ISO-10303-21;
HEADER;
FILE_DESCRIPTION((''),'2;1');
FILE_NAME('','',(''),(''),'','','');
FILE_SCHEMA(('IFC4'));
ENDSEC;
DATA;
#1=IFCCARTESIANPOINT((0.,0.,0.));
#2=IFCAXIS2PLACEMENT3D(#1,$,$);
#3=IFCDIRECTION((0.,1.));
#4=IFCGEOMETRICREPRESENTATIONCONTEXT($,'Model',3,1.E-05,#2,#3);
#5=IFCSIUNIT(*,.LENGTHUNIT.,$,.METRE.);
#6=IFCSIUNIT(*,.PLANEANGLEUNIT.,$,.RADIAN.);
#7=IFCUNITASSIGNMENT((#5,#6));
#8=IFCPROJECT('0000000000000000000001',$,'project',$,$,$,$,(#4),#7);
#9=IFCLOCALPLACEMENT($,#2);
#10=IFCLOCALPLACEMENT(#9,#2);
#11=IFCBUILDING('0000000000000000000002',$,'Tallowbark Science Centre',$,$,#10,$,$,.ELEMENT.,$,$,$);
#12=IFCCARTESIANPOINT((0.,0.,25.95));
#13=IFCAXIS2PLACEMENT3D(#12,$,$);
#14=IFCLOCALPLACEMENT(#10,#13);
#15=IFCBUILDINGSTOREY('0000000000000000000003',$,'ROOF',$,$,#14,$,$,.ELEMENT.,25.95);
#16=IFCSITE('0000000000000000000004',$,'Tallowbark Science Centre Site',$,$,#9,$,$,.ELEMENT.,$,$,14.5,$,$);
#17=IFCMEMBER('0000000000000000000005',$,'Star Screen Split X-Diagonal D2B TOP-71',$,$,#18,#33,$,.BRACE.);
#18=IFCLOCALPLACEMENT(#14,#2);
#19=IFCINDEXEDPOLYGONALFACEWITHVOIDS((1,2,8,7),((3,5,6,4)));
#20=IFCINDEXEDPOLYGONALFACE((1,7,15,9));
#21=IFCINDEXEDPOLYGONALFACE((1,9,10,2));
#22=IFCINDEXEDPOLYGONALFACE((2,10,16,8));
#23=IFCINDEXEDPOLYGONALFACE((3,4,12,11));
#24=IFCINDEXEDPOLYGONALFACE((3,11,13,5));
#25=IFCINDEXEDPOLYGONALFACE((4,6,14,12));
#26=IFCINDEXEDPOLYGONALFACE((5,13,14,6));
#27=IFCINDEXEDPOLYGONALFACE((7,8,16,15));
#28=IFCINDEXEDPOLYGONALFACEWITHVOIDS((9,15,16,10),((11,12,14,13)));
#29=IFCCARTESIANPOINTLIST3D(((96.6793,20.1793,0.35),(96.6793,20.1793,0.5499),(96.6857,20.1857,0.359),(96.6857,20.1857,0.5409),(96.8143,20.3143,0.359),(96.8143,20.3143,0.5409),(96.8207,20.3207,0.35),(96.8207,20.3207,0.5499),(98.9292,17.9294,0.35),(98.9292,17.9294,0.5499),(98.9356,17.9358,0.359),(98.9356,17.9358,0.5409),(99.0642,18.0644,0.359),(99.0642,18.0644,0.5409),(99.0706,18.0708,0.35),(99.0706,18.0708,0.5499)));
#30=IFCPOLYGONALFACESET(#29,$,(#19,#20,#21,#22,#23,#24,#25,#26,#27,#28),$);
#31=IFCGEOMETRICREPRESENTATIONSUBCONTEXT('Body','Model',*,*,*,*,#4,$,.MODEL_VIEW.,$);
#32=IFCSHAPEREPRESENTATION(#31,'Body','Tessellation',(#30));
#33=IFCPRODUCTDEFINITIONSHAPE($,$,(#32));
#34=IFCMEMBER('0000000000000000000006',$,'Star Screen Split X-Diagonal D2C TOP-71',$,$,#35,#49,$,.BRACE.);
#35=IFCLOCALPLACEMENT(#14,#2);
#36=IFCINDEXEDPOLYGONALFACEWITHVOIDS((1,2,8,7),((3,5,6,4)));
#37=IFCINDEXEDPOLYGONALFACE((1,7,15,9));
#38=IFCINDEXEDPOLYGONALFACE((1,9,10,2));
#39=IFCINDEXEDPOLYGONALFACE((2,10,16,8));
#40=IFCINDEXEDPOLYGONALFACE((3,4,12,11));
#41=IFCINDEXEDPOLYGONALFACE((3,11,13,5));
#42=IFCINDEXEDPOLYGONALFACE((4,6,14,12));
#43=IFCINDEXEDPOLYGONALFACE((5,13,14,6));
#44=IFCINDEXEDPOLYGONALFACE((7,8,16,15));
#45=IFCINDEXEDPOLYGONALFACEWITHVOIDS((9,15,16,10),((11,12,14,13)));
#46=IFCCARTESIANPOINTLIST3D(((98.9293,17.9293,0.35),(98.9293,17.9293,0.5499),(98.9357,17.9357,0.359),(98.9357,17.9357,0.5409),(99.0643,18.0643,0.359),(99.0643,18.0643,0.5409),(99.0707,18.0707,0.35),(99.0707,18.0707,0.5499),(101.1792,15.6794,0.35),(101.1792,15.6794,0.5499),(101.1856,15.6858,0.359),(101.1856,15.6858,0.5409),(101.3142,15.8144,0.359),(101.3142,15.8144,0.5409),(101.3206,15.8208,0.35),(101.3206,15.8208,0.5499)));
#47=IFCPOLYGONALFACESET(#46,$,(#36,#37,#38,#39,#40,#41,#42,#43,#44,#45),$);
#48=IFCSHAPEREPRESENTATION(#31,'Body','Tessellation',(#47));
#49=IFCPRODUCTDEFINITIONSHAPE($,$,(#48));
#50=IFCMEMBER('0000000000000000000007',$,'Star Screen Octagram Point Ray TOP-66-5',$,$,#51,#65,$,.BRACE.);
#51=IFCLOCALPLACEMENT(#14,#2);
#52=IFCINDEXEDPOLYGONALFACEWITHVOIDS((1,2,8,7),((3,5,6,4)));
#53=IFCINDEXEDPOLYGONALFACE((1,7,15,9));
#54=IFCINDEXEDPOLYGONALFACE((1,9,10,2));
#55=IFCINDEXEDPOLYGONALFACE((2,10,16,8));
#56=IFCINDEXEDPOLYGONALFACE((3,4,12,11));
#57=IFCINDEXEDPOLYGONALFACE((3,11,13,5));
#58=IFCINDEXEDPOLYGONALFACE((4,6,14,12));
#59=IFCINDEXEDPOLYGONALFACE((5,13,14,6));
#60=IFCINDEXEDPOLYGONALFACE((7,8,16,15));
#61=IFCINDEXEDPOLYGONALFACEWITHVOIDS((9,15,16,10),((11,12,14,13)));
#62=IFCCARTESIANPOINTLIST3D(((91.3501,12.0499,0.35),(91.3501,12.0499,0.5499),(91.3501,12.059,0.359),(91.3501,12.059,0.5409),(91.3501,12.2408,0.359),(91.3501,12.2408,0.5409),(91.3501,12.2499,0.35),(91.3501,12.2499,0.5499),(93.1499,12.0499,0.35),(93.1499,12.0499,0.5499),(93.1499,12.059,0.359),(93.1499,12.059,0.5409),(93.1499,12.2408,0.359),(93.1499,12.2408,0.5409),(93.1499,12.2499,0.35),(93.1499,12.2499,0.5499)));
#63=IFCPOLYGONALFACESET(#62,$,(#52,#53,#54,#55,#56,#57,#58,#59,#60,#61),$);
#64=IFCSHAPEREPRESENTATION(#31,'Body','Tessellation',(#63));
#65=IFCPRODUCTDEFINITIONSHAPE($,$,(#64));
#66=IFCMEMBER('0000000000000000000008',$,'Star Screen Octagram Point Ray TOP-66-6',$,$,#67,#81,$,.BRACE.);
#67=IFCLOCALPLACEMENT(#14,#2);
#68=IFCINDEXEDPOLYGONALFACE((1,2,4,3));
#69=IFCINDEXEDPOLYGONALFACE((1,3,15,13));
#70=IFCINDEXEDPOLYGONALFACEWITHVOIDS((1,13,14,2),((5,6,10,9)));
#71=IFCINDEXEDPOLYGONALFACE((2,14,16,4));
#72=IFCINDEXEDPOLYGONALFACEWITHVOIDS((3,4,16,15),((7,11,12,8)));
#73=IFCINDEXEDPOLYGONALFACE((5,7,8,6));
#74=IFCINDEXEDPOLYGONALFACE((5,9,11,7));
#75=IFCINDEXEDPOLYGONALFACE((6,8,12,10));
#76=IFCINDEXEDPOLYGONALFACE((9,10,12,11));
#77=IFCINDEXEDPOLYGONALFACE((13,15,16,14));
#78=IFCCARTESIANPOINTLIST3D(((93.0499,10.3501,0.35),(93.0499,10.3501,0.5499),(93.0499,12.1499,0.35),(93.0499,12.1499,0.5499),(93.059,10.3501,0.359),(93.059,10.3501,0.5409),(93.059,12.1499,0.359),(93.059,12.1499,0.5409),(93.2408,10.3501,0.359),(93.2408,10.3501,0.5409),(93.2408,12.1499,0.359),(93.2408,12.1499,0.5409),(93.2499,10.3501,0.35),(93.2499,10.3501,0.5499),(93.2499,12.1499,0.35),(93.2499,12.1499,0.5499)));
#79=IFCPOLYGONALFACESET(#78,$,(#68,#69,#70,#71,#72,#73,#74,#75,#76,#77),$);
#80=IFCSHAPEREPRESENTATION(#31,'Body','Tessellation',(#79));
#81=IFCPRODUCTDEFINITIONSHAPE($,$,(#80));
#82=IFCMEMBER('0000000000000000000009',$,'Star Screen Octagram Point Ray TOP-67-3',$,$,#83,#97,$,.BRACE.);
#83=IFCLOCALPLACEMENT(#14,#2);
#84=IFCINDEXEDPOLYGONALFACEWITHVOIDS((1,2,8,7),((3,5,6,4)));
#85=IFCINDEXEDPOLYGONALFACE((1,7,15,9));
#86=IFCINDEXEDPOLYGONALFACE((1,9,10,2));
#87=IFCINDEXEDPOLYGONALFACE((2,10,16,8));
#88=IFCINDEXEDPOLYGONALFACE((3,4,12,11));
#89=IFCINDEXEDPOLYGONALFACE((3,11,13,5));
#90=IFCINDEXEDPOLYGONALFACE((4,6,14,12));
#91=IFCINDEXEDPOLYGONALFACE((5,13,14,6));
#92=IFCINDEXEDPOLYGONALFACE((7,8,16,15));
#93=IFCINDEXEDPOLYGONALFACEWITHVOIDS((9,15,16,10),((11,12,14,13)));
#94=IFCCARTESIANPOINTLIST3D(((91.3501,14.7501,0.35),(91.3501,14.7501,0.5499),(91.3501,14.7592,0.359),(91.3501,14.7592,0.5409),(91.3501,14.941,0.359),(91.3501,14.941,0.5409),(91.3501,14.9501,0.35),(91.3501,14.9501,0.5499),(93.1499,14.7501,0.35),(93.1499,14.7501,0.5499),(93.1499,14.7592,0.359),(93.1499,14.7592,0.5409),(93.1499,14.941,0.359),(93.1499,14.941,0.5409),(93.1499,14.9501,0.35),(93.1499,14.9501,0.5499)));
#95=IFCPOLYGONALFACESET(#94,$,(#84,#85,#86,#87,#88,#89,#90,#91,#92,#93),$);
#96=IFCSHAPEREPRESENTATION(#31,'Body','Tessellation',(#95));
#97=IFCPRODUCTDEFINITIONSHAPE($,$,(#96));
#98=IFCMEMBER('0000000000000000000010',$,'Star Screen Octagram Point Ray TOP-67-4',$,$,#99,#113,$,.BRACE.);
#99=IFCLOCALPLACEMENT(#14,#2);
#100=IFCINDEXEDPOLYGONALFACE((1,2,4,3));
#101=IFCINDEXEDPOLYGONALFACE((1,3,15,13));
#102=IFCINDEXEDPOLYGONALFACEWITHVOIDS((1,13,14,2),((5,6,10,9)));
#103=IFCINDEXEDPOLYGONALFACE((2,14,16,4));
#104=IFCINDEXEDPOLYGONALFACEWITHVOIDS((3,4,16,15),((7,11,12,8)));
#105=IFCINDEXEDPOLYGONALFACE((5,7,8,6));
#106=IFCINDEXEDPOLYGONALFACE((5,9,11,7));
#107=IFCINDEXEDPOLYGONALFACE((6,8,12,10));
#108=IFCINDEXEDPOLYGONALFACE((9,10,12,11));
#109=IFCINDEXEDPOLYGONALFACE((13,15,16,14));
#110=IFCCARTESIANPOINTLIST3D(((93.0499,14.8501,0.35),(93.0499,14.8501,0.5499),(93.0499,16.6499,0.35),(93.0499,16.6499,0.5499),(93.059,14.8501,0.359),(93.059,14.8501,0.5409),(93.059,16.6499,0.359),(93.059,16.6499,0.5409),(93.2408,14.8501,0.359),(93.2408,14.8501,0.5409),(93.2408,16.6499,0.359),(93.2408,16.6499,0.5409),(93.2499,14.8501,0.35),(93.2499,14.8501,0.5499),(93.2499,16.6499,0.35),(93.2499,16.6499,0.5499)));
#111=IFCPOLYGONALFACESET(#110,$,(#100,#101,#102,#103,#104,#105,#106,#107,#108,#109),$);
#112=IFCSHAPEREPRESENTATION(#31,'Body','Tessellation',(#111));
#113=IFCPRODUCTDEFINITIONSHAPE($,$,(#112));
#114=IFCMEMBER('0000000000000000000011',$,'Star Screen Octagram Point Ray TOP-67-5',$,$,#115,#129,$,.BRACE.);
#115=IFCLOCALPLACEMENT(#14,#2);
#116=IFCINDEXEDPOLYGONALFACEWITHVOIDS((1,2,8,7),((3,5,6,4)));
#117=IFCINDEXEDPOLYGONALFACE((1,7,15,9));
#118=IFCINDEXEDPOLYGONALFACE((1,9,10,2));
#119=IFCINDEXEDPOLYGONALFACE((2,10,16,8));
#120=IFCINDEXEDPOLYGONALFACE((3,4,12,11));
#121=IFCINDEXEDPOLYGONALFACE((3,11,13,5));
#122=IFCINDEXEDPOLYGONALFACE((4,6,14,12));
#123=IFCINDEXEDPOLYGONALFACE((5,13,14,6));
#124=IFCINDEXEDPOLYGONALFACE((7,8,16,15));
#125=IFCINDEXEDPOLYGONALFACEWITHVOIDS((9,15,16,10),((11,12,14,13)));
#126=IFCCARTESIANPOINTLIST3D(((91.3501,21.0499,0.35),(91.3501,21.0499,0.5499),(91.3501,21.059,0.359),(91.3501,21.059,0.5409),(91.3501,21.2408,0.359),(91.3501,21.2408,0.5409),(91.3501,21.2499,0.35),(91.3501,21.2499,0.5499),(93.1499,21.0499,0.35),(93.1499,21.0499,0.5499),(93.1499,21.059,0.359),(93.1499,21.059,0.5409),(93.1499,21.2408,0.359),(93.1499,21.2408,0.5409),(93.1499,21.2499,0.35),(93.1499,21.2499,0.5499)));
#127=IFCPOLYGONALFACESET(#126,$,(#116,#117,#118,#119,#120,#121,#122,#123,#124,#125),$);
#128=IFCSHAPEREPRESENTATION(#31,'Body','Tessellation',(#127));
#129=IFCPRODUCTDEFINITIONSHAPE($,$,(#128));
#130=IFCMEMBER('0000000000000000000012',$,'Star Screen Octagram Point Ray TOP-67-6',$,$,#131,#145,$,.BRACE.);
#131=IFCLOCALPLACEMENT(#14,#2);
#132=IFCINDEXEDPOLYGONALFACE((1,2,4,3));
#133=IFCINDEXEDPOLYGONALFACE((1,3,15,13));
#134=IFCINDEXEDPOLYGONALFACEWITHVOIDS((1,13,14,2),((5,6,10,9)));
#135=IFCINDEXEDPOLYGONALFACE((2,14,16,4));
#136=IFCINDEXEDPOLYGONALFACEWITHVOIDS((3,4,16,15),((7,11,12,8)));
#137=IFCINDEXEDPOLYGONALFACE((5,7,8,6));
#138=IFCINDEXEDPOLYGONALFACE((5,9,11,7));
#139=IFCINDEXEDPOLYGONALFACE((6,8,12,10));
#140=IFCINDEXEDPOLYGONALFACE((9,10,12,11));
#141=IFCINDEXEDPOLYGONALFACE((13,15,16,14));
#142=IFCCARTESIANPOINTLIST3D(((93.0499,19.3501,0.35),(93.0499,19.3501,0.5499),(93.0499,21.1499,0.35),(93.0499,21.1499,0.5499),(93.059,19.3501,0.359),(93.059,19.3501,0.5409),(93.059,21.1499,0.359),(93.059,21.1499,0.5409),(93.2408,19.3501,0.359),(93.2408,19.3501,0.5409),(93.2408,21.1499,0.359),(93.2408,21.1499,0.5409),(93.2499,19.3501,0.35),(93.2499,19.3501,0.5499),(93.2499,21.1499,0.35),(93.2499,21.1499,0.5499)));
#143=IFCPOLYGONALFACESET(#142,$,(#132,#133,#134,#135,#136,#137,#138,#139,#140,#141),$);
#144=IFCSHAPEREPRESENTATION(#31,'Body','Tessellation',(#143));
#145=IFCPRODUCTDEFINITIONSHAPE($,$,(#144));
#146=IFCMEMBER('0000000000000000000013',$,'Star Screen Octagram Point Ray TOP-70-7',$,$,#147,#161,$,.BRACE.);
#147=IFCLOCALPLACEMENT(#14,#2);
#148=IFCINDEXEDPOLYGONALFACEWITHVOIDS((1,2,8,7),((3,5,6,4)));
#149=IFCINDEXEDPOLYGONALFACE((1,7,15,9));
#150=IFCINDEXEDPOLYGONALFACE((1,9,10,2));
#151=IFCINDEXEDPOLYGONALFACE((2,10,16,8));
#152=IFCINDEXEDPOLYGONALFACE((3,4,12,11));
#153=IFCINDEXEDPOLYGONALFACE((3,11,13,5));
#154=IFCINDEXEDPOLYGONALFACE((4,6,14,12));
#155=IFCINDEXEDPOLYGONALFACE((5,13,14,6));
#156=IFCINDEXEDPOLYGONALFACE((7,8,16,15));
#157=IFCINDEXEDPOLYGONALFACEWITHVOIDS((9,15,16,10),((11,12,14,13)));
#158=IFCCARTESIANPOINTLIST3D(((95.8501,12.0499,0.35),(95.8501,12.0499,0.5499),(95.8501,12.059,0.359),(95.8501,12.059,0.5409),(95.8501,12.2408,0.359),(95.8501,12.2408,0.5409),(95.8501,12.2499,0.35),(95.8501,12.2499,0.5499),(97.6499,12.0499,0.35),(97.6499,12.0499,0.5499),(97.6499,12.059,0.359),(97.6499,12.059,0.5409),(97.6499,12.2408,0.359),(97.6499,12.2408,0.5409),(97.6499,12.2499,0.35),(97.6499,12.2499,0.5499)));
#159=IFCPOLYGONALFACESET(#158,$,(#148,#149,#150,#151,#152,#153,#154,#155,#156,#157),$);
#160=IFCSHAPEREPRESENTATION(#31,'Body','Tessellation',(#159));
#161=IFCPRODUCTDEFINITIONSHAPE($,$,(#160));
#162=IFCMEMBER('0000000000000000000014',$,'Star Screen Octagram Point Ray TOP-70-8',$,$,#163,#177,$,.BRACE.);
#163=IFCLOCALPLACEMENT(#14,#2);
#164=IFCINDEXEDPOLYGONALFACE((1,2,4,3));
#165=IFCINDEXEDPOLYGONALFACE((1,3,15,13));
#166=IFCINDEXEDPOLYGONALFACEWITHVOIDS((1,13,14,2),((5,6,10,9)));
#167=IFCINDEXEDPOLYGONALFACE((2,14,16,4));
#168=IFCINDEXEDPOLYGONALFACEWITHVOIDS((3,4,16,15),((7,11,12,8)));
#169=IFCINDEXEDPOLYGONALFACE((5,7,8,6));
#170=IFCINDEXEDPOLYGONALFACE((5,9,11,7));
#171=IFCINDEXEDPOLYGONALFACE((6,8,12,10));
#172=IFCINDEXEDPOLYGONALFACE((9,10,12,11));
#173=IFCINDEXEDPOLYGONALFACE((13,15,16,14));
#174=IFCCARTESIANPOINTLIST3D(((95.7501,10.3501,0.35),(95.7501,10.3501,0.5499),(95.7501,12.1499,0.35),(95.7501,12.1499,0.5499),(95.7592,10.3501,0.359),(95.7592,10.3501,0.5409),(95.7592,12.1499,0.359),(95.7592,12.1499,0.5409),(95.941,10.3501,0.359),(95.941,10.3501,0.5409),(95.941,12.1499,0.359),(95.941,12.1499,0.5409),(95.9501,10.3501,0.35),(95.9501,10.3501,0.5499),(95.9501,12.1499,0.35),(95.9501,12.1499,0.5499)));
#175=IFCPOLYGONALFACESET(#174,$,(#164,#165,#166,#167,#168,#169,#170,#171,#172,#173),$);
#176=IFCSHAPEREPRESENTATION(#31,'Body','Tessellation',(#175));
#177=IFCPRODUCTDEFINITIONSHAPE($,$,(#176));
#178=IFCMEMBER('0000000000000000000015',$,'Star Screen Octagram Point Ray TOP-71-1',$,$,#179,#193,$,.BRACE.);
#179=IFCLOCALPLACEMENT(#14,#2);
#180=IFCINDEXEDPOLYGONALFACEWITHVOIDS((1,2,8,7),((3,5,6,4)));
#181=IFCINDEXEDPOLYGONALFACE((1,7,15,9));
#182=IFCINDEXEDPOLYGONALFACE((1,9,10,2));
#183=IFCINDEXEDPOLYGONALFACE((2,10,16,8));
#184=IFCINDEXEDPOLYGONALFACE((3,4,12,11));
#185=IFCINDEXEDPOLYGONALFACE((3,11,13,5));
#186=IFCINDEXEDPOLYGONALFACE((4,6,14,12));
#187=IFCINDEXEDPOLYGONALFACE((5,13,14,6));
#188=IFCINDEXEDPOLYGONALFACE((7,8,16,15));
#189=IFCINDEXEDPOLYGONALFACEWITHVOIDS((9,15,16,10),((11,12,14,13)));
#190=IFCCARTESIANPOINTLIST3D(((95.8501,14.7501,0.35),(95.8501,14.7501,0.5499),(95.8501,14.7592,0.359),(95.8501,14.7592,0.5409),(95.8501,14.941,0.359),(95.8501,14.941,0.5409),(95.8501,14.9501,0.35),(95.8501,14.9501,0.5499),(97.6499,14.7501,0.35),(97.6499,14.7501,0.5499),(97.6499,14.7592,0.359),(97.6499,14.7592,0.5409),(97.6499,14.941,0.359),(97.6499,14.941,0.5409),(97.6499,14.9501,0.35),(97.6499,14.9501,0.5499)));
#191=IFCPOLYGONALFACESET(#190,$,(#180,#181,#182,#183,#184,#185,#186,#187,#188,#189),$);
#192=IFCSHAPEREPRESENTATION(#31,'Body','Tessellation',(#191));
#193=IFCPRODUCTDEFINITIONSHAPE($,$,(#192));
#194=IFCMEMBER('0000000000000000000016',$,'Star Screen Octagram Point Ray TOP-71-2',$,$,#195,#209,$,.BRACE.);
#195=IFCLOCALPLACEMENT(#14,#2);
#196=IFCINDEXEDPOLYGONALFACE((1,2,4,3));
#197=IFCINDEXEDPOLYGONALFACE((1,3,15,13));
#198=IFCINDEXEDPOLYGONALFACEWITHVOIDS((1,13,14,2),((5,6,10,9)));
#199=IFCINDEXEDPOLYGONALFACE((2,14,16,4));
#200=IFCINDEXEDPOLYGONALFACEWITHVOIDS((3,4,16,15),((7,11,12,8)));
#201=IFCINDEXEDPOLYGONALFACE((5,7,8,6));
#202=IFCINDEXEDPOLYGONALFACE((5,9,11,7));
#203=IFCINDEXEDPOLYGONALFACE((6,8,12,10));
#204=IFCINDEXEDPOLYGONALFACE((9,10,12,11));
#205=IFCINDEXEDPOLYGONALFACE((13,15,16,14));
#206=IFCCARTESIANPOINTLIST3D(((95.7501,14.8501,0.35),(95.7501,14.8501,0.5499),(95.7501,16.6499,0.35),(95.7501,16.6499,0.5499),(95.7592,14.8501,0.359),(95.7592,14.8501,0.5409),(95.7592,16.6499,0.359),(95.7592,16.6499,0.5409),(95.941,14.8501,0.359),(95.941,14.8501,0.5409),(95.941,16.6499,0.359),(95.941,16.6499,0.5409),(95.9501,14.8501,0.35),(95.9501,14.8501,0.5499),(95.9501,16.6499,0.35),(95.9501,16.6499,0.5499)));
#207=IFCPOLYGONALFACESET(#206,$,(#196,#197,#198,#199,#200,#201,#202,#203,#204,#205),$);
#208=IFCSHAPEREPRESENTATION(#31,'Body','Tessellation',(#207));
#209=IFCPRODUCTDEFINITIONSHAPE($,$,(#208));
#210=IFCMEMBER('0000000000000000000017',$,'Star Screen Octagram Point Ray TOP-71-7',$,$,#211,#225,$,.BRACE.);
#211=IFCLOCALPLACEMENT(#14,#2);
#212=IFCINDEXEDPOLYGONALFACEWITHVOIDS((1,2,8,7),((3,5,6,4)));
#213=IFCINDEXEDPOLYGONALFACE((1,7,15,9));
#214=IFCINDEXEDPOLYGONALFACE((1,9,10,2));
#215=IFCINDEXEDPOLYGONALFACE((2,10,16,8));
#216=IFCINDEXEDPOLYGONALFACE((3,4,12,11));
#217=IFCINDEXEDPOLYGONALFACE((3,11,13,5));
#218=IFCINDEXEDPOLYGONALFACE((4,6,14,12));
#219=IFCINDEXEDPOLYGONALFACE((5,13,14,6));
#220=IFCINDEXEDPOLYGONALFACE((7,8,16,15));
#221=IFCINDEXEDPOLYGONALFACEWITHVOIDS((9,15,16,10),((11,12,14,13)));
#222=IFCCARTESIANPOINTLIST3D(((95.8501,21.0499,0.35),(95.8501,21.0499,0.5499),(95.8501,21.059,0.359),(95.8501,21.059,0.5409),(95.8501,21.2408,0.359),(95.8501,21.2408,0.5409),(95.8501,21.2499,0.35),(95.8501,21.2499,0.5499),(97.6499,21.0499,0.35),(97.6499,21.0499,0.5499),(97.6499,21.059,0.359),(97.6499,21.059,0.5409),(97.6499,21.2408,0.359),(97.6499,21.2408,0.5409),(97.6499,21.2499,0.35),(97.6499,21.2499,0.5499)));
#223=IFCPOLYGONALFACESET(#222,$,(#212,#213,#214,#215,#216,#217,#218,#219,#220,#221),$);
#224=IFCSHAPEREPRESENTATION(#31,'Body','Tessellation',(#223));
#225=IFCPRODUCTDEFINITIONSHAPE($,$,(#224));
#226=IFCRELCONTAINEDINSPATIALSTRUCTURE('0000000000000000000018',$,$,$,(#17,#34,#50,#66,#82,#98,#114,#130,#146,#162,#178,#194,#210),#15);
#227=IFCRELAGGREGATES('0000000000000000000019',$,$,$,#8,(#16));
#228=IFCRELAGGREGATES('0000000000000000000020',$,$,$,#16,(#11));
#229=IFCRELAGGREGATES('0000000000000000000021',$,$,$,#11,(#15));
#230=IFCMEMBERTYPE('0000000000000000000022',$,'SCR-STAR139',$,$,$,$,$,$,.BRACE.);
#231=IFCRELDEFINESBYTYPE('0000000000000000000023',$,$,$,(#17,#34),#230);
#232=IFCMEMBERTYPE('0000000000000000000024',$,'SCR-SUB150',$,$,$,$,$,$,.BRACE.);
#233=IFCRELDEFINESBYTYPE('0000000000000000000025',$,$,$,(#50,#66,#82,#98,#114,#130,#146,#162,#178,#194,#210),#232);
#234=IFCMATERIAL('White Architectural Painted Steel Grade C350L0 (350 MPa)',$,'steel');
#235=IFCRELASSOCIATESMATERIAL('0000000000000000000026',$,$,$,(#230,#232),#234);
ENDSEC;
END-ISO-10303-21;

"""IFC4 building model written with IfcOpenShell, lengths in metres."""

from ifc_helpers import new_model, si_unit, direction, frame, origin, origin_2d, place, context, subcontext, project, spatial, hollow_rectangle, extrude, material, material_profile, profile_set, type_object, element, save


model = new_model("IFC4")

# Units and contexts
model_context = context("Model", 3, precision=1e-05, world=origin(), true_north=direction((0.0, 1.0)))
body_context = subcontext(model_context, "Body", "Model", "MODEL_VIEW")
ifc_project = project(units=[si_unit("LENGTHUNIT", "METRE"), si_unit("PLANEANGLEUNIT", "RADIAN")], contexts=[model_context])

# Site, building, storey
site_placement = place(None, origin())
site = spatial("IfcSite", under=ifc_project, at=site_placement, Name="Tallowbark Science Centre Site", CompositionType="ELEMENT", RefElevation=14.5)
building_placement = place(site_placement, origin())
building = spatial("IfcBuilding", under=site, at=building_placement, Name="Tallowbark Science Centre", CompositionType="ELEMENT")
storey_placement = place(building_placement, frame((0.0, 0.0, 25.95)))
storey = spatial("IfcBuildingStorey", under=building, at=storey_placement, Name="ROOF", CompositionType="ELEMENT", Elevation=25.95)

# Members
ifc_material_1 = material(Name="White Architectural Painted Steel Grade C350L0 (350 MPa)", Category="steel")
ifc_material_profile_1 = material_profile(ifc_material_1, hollow_rectangle(XDim=0.2, YDim=0.2, WallThickness=0.009, at=origin_2d()), Name="200x200x9.0SHS")
ifc_profile_set_1 = profile_set([ifc_material_profile_1], Name="White Architectural Painted Steel Grade C350L0 (350 MPa)")
member_type_1 = type_object("IfcMemberType", Name="SCR-STAR139", PredefinedType="BRACE", material=ifc_profile_set_1)
for number, where, z_axis, x_axis, name in (
    (1, (96.75, 20.25, 0.45), (0.707107, -0.707107, 0.0), (0.707107, 0.707107, 0.0), "Star Screen Split X-Diagonal D2B TOP-71"),
    (2, (99.0, 18.0, 0.45), (0.707107, -0.707107, 0.0), (0.707107, 0.707107, 0.0), "Star Screen Split X-Diagonal D2C TOP-71"),
):
    element("IfcMember", number, at=place(storey_placement, frame(where, z_axis=z_axis, x_axis=x_axis)), inside=storey, type_object=member_type_1, Name=name, PredefinedType="BRACE", context=body_context, shape_type="SweptSolid", body=[
        extrude(hollow_rectangle(XDim=0.2, YDim=0.2, WallThickness=0.009, at=origin_2d()), origin(), (0.0, 0.0, 1.0), 3.1819),
    ])
ifc_material_profile_2 = material_profile(ifc_material_1, hollow_rectangle(XDim=0.2, YDim=0.2, WallThickness=0.009, at=origin_2d()), Name="200x200x9.0SHS")
ifc_profile_set_2 = profile_set([ifc_material_profile_2], Name="White Architectural Painted Steel Grade C350L0 (350 MPa)")
member_type_2 = type_object("IfcMemberType", Name="SCR-SUB150", PredefinedType="BRACE", material=ifc_profile_set_2)
for number, where, z_axis, x_axis, name in (
    (3, (93.1499, 12.1499, 0.45), (-1.0, 0.0, 0.0), (0.0, -1.0, 0.0), "Star Screen Octagram Point Ray TOP-66-5"),
    (4, (93.1499, 12.1499, 0.45), (0.0, -1.0, 0.0), (1.0, 0.0, 0.0), "Star Screen Octagram Point Ray TOP-66-6"),
    (5, (93.1499, 14.8501, 0.45), (-1.0, 0.0, 0.0), (0.0, -1.0, 0.0), "Star Screen Octagram Point Ray TOP-67-3"),
    (6, (93.1499, 14.8501, 0.45), (0.0, 1.0, 0.0), (-1.0, 0.0, 0.0), "Star Screen Octagram Point Ray TOP-67-4"),
    (7, (93.1499, 21.1499, 0.45), (-1.0, 0.0, 0.0), (0.0, -1.0, 0.0), "Star Screen Octagram Point Ray TOP-67-5"),
    (8, (93.1499, 21.1499, 0.45), (0.0, -1.0, 0.0), (1.0, 0.0, 0.0), "Star Screen Octagram Point Ray TOP-67-6"),
    (9, (95.8501, 12.1499, 0.45), (1.0, 0.0, 0.0), (0.0, 1.0, 0.0), "Star Screen Octagram Point Ray TOP-70-7"),
    (10, (95.8501, 12.1499, 0.45), (0.0, -1.0, 0.0), (1.0, 0.0, 0.0), "Star Screen Octagram Point Ray TOP-70-8"),
    (11, (95.8501, 14.8501, 0.45), (1.0, 0.0, 0.0), (0.0, 1.0, 0.0), "Star Screen Octagram Point Ray TOP-71-1"),
    (12, (95.8501, 14.8501, 0.45), (0.0, 1.0, 0.0), (-1.0, 0.0, 0.0), "Star Screen Octagram Point Ray TOP-71-2"),
    (13, (95.8501, 21.1499, 0.45), (1.0, 0.0, 0.0), (0.0, 1.0, 0.0), "Star Screen Octagram Point Ray TOP-71-7"),
):
    element("IfcMember", number, at=place(storey_placement, frame(where, z_axis=z_axis, x_axis=x_axis)), inside=storey, type_object=member_type_2, Name=name, PredefinedType="BRACE", context=body_context, shape_type="SweptSolid", body=[
        extrude(hollow_rectangle(XDim=0.2, YDim=0.2, WallThickness=0.009, at=origin_2d()), origin(), (0.0, 0.0, 1.0), 1.7998),
    ])

save(model, "model.ifc")
